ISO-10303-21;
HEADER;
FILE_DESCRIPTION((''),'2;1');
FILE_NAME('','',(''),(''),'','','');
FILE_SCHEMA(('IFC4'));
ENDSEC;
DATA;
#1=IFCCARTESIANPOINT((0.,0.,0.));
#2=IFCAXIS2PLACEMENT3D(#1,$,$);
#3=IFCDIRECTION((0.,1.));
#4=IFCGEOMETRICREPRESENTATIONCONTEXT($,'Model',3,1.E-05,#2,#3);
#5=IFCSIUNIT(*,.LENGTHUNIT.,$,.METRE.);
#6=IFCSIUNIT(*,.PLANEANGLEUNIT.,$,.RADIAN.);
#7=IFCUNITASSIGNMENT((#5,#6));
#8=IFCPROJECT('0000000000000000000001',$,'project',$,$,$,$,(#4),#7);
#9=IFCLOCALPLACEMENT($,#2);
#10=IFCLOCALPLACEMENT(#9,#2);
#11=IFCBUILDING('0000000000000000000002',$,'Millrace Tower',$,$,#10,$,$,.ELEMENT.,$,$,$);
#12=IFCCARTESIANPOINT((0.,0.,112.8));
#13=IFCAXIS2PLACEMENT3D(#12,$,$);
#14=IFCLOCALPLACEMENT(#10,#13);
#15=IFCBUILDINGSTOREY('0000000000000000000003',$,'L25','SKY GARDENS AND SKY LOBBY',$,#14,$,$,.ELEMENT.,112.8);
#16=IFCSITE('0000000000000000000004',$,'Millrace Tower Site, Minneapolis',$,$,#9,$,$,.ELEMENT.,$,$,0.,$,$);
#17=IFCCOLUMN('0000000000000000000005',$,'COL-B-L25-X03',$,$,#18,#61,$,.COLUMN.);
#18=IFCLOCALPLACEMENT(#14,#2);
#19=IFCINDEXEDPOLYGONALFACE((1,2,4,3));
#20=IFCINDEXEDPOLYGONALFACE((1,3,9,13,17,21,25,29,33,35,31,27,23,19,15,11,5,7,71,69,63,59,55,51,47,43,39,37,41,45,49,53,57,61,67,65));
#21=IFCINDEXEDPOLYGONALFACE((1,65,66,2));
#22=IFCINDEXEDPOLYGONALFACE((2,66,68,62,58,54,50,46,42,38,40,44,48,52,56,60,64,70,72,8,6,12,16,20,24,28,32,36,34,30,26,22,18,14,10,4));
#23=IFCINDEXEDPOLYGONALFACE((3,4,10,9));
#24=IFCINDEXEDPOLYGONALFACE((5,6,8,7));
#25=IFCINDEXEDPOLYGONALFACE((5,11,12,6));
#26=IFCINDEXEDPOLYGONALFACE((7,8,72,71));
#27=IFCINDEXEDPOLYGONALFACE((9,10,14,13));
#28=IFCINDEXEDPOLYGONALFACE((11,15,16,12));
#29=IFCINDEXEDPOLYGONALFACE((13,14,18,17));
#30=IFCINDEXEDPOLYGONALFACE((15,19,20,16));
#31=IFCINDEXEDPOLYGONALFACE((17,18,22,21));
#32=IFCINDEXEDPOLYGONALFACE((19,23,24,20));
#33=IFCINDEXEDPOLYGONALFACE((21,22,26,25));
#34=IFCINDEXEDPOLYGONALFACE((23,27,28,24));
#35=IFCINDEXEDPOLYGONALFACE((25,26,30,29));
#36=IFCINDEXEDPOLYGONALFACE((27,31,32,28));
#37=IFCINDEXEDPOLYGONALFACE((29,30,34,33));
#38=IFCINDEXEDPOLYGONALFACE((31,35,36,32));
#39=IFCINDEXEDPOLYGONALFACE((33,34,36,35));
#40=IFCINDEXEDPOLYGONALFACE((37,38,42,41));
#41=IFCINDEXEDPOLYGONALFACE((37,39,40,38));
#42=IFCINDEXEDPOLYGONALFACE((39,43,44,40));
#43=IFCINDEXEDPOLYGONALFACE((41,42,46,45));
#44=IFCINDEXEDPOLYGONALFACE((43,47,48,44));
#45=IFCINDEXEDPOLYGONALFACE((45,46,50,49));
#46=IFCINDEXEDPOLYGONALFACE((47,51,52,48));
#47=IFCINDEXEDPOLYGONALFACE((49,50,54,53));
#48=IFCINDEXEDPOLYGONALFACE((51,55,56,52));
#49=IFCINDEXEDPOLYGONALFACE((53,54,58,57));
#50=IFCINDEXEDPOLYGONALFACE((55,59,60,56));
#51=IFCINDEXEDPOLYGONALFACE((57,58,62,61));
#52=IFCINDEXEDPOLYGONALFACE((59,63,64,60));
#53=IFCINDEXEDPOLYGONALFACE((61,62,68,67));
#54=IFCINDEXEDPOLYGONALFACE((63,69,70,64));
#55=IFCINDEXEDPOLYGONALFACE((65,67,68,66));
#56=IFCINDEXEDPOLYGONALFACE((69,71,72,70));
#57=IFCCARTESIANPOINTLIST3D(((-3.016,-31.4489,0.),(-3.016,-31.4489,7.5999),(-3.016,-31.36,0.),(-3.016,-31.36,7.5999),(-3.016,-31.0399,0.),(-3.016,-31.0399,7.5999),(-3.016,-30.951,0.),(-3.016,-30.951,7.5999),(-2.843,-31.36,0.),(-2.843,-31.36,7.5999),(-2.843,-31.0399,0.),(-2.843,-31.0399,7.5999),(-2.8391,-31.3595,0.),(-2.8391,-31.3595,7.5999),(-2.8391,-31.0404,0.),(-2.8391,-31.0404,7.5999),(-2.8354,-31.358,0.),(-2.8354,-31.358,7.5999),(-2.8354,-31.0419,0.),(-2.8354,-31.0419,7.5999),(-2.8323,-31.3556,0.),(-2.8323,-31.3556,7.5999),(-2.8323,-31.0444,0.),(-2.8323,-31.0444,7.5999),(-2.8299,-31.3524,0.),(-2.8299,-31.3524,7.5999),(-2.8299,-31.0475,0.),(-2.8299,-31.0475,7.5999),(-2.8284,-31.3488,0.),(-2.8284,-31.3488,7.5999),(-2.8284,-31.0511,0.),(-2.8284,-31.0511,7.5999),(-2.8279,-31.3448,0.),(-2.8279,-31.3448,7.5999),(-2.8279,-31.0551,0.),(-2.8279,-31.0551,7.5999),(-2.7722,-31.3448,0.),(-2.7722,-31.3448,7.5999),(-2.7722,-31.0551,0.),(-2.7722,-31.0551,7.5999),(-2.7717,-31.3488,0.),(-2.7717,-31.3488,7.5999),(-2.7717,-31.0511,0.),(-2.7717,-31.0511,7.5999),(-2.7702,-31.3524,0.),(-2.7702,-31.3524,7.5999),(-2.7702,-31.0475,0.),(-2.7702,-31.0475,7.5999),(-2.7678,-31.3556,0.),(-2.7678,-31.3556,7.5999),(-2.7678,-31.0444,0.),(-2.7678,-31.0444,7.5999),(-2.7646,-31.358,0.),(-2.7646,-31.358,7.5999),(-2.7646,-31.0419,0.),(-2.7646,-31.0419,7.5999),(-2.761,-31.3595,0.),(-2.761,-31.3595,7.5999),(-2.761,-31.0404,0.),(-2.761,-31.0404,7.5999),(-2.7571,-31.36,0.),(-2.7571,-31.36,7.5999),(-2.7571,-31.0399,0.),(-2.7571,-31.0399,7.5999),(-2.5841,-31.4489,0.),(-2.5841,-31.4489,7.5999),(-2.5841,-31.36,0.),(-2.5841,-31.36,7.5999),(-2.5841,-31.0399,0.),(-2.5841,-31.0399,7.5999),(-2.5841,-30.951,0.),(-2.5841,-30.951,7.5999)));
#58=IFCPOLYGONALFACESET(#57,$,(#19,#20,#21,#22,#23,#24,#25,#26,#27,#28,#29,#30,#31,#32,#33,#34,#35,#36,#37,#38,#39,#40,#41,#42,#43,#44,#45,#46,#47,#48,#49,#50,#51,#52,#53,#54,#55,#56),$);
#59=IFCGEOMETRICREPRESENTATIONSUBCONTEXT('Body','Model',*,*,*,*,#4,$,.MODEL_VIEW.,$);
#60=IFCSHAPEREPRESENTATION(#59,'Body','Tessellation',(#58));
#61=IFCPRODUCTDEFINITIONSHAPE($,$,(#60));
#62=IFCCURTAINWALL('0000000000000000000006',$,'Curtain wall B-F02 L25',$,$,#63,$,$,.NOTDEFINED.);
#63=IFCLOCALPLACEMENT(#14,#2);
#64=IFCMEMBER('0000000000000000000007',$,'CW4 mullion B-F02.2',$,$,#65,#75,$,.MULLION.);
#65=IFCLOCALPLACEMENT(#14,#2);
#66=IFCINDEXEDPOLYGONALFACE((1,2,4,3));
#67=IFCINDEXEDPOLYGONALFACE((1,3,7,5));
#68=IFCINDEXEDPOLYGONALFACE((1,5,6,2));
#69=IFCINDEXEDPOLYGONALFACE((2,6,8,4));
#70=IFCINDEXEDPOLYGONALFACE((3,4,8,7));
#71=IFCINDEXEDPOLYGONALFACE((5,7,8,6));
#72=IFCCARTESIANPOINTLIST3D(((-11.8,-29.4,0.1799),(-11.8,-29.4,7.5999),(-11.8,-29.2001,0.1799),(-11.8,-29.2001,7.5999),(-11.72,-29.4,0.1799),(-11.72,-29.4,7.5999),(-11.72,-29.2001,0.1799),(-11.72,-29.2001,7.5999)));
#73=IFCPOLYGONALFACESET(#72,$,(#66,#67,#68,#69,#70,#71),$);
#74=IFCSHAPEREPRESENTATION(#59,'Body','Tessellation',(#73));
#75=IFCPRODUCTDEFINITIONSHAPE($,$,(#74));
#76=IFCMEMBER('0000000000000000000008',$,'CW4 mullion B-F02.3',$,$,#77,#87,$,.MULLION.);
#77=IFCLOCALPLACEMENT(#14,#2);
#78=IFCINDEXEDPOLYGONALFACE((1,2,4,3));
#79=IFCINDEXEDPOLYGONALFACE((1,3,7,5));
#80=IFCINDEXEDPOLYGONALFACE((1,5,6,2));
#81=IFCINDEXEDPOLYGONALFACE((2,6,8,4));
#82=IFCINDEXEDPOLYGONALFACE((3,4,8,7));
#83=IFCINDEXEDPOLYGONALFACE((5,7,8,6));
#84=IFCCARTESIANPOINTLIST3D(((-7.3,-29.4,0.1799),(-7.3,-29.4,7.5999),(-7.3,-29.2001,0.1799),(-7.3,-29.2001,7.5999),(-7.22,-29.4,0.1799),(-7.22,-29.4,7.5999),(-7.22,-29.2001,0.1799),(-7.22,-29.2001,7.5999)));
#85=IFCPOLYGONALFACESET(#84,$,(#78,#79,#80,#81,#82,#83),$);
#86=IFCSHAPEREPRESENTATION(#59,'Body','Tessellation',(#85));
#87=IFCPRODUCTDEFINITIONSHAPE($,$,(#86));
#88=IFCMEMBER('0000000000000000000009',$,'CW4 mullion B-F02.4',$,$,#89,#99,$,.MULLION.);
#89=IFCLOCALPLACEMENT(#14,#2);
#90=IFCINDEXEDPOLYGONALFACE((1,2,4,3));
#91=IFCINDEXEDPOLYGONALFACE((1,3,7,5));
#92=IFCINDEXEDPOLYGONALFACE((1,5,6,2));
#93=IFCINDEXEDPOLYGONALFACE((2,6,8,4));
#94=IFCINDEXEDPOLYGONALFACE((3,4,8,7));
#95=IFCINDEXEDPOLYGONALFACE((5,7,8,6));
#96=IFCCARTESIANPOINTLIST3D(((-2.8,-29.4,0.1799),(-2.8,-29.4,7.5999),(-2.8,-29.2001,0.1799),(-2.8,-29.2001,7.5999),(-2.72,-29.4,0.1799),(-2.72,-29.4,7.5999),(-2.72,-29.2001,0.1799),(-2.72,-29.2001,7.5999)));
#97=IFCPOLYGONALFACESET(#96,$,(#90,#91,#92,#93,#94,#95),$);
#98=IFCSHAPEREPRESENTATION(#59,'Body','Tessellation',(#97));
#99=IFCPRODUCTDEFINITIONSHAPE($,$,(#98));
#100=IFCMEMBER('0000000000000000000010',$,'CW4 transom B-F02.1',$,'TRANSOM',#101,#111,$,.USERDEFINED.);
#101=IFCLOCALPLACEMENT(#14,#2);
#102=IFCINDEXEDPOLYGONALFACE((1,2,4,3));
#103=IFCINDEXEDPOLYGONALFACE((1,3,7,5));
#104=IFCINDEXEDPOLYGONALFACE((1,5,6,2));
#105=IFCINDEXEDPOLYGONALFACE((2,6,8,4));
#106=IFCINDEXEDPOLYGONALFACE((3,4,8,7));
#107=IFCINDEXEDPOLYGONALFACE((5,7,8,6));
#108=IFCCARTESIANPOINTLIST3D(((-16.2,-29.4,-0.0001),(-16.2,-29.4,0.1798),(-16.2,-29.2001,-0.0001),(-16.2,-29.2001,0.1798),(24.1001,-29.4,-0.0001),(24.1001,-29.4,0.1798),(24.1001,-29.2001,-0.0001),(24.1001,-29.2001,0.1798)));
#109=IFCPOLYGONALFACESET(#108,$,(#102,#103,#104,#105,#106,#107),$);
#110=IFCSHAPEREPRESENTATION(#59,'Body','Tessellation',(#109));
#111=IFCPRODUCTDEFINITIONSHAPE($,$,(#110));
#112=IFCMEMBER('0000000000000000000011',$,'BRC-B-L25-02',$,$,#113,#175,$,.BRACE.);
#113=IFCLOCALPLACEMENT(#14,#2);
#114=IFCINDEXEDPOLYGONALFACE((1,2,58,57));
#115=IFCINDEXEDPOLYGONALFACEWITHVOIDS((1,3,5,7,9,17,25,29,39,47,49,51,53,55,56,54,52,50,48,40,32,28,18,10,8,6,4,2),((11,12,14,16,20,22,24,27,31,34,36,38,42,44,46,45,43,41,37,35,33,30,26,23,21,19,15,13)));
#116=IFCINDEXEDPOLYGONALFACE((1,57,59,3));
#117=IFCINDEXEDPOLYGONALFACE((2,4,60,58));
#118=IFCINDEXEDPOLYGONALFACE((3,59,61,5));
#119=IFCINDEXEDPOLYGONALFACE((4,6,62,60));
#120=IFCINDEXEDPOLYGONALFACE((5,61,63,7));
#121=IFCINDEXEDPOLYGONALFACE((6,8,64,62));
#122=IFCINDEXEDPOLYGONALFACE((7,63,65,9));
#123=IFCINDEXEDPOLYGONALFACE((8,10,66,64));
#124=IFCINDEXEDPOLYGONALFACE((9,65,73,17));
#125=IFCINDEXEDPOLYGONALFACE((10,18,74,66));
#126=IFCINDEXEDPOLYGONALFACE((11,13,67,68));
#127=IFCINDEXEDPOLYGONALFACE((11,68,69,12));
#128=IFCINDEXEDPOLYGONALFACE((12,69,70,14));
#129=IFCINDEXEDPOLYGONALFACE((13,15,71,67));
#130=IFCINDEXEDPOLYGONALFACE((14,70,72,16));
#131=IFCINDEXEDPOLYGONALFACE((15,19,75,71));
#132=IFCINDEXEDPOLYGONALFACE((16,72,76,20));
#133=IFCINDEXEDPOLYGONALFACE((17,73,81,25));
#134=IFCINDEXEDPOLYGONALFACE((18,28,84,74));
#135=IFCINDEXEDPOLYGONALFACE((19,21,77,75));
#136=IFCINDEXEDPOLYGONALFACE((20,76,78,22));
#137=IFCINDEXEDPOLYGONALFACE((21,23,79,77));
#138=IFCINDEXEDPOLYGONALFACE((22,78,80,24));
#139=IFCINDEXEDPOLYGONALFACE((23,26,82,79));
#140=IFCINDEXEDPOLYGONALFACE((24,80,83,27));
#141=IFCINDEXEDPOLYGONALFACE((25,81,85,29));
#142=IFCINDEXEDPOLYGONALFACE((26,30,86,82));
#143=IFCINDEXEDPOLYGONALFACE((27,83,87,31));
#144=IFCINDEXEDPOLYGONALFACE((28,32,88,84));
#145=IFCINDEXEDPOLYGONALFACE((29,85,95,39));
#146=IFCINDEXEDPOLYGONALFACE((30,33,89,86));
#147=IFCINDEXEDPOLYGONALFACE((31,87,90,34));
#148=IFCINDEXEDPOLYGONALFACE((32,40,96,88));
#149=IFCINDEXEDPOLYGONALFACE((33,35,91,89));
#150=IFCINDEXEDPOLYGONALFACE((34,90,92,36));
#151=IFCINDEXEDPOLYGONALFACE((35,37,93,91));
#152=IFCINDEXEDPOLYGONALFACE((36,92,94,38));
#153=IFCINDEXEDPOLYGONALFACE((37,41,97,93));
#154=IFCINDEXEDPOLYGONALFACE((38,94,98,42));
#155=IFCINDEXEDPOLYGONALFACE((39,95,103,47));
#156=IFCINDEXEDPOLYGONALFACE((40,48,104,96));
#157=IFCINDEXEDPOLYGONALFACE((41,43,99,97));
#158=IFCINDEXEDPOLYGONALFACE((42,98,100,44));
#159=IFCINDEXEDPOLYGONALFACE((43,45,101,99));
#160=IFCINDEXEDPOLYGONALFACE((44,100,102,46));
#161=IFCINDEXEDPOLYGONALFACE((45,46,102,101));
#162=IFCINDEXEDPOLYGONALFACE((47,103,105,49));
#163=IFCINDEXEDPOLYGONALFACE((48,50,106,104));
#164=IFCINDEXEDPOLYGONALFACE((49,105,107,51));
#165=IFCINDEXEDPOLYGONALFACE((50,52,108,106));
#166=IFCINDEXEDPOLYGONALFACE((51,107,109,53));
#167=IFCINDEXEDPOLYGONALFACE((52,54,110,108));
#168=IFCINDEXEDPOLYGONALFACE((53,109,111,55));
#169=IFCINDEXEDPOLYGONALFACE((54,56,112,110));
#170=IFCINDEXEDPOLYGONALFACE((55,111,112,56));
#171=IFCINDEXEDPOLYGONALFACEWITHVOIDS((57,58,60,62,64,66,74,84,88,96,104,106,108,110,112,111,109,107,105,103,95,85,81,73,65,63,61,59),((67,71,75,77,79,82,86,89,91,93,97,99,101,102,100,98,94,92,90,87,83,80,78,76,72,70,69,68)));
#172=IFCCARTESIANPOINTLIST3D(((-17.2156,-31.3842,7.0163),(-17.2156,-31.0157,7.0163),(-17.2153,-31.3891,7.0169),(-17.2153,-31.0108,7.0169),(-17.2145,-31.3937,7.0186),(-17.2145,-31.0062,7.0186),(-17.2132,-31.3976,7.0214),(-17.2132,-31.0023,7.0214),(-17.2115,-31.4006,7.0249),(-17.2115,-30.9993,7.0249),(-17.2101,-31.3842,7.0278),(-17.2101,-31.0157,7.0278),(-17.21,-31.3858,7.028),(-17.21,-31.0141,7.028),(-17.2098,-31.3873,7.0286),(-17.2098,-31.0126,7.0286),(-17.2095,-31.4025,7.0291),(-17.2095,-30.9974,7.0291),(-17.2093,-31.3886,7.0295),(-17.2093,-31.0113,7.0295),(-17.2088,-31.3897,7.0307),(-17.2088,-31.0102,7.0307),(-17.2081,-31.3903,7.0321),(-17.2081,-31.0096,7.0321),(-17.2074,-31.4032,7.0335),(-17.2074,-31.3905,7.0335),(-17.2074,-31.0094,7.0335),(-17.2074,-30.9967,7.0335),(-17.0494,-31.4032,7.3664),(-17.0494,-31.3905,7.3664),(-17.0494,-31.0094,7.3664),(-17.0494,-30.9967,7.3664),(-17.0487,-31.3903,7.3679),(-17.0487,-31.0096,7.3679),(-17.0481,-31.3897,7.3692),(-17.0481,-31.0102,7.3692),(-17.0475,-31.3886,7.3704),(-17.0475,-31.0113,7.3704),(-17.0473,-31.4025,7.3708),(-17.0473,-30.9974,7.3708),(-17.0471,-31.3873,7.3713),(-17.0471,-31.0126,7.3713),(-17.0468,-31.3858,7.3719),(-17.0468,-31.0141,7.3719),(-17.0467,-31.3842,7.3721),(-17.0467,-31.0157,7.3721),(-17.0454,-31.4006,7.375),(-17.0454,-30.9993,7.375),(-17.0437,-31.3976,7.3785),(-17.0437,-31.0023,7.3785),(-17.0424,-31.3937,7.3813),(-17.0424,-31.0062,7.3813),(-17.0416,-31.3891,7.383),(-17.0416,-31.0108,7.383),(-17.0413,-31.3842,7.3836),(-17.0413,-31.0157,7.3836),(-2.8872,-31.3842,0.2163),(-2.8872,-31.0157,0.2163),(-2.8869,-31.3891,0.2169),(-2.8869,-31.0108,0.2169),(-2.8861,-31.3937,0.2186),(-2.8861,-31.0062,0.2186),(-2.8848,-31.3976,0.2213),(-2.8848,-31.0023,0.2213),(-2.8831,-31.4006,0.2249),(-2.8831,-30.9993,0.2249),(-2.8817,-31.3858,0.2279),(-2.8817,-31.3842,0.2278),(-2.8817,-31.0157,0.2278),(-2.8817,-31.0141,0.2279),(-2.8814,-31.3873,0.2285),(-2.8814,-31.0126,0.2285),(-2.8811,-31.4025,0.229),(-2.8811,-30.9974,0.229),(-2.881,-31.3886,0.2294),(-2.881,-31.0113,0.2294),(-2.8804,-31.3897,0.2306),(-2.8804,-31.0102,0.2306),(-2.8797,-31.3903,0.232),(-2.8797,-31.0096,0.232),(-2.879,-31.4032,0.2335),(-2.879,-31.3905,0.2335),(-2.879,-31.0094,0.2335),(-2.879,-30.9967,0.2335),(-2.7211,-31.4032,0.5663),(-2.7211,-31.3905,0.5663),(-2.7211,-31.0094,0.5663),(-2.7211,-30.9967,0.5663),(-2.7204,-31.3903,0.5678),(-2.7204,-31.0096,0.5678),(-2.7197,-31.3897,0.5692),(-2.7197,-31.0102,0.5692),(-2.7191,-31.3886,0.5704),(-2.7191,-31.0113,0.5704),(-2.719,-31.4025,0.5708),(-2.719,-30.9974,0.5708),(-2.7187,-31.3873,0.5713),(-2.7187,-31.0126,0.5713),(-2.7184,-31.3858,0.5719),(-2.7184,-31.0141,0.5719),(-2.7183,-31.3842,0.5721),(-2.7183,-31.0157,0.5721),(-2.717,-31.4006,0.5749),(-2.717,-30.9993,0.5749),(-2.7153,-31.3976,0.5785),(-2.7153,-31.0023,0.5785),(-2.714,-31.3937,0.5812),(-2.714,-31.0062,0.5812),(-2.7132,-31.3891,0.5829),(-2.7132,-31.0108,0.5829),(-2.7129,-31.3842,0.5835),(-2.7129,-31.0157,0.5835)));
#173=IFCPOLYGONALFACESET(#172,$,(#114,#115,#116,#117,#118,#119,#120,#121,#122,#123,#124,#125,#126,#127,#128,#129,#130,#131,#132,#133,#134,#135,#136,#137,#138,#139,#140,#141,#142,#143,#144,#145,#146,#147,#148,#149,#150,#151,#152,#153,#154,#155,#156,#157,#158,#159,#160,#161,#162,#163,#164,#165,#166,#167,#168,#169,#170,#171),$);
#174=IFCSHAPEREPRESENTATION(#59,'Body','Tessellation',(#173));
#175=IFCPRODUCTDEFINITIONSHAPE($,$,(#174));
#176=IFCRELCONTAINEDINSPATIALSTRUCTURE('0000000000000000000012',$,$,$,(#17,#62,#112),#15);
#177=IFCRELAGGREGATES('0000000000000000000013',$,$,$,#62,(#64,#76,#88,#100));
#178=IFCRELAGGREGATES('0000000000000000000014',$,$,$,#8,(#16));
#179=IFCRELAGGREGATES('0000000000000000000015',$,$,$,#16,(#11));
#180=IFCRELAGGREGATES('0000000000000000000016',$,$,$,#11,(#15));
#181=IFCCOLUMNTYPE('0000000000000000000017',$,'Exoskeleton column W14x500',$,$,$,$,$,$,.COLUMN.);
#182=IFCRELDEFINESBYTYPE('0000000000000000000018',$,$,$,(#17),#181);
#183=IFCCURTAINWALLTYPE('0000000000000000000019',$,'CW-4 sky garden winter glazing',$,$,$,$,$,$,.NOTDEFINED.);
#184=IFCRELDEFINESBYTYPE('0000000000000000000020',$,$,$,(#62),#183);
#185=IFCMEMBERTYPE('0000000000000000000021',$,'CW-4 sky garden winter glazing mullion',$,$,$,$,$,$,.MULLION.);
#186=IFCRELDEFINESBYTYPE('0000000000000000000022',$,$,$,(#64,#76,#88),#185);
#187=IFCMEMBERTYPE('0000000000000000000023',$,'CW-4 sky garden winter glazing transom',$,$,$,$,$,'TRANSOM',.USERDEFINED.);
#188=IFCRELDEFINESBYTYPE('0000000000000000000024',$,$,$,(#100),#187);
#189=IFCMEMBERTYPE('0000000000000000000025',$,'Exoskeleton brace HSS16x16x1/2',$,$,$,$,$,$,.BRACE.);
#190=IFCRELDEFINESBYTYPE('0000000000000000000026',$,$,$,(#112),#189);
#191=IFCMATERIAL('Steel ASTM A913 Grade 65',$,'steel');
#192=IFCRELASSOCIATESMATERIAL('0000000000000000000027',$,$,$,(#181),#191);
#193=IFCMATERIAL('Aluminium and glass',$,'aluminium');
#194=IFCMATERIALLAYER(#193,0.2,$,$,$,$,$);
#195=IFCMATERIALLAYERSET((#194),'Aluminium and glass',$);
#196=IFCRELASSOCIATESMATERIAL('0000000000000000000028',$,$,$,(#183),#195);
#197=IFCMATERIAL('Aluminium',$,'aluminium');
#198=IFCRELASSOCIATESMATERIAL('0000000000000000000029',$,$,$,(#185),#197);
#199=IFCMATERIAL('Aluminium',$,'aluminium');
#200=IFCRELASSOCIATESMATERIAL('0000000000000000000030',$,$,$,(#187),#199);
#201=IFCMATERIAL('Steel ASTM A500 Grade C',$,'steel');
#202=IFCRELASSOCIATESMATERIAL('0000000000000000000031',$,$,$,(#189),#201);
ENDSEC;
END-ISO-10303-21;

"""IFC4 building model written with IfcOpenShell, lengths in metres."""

from ifc_helpers import new_model, si_unit, direction, frame, origin, origin_2d, place, context, subcontext, project, spatial, rectangle, hollow_rectangle, i_section, extrude, material, layer, layer_set, material_profile, profile_set, type_object, element, aggregate, save


model = new_model("IFC4")

# Units and contexts
model_context = context("Model", 3, precision=1e-05, world=origin(), true_north=direction((0.0, 1.0)))
body_context = subcontext(model_context, "Body", "Model", "MODEL_VIEW")
ifc_project = project(units=[si_unit("LENGTHUNIT", "METRE"), si_unit("PLANEANGLEUNIT", "RADIAN")], contexts=[model_context])

# Site, building, storey
site_placement = place(None, origin())
site = spatial("IfcSite", under=ifc_project, at=site_placement, Name="Millrace Tower Site, Minneapolis", CompositionType="ELEMENT", RefElevation=0.0)
building_placement = place(site_placement, origin())
building = spatial("IfcBuilding", under=site, at=building_placement, Name="Millrace Tower", CompositionType="ELEMENT")
storey_placement = place(building_placement, frame((0.0, 0.0, 112.8)))
storey = spatial("IfcBuildingStorey", under=building, at=storey_placement, Name="L25", Description="SKY GARDENS AND SKY LOBBY", CompositionType="ELEMENT", Elevation=112.8)

# Column
ifc_material_1 = material(Name="Steel ASTM A913 Grade 65", Category="steel")
ifc_material_profile_1 = material_profile(ifc_material_1, i_section(OverallWidth=0.4319, OverallDepth=0.4978, WebThickness=0.0557, FlangeThickness=0.0889, FilletRadius=0.0151, at=origin_2d()))
ifc_profile_set_1 = profile_set([ifc_material_profile_1], Name="Steel ASTM A913 Grade 65")
column_type = type_object("IfcColumnType", Name="Exoskeleton column W14x500", PredefinedType="COLUMN", material=ifc_profile_set_1)
column_placement = place(storey_placement, frame((-2.8, -31.2, 0.0), z_axis=(0.0, 0.0, 1.0), x_axis=(1.0, 0.0, 0.0)))
element("IfcColumn", 1, at=column_placement, inside=storey, type_object=column_type, Name="COL-B-L25-X03", PredefinedType="COLUMN", context=body_context, shape_type="SweptSolid", body=[
    extrude(i_section(OverallWidth=0.4319, OverallDepth=0.4978, WebThickness=0.0557, FlangeThickness=0.0889, FilletRadius=0.0151, at=origin_2d()), origin(), (0.0, 0.0, 1.0), 7.5999),
])

# Curtain wall, members
ifc_material_2 = material(Name="Aluminium and glass", Category="aluminium")
ifc_layer_1 = layer(ifc_material_2, 0.2)
ifc_layer_set_1 = layer_set([ifc_layer_1], Name="Aluminium and glass")
curtain_wall_type = type_object("IfcCurtainWallType", Name="CW-4 sky garden winter glazing", PredefinedType="NOTDEFINED", material=ifc_layer_set_1)
curtain_wall_placement = place(storey_placement, origin())
curtain_wall = element("IfcCurtainWall", 2, at=curtain_wall_placement, inside=storey, type_object=curtain_wall_type, Name="Curtain wall B-F02 L25", PredefinedType="NOTDEFINED")
ifc_material_3 = material(Name="Aluminium", Category="aluminium")
ifc_material_profile_2 = material_profile(ifc_material_3, rectangle(XDim=0.0801, YDim=0.2, at=origin_2d()))
ifc_profile_set_2 = profile_set([ifc_material_profile_2], Name="Aluminium")
member_type_1 = type_object("IfcMemberType", Name="CW-4 sky garden winter glazing mullion", PredefinedType="MULLION", material=ifc_profile_set_2)
member_1_placement = place(storey_placement, frame((-11.76, -29.3, 0.1799), z_axis=(0.0, 0.0, 1.0), x_axis=(1.0, 0.0, 0.0)))
member_1 = element("IfcMember", 3, at=member_1_placement, type_object=member_type_1, Name="CW4 mullion B-F02.2", PredefinedType="MULLION", context=body_context, shape_type="SweptSolid", body=[
    extrude(rectangle(XDim=0.0801, YDim=0.2, at=origin_2d()), origin(), (0.0, 0.0, 1.0), 7.4199),
])
member_2_placement = place(storey_placement, frame((-7.26, -29.3, 0.1799), z_axis=(0.0, 0.0, 1.0), x_axis=(1.0, 0.0, 0.0)))
member_2 = element("IfcMember", 4, at=member_2_placement, type_object=member_type_1, Name="CW4 mullion B-F02.3", PredefinedType="MULLION", context=body_context, shape_type="SweptSolid", body=[
    extrude(rectangle(XDim=0.0801, YDim=0.2, at=origin_2d()), origin(), (0.0, 0.0, 1.0), 7.4199),
])
member_3_placement = place(storey_placement, frame((-2.76, -29.3, 0.1799), z_axis=(0.0, 0.0, 1.0), x_axis=(1.0, 0.0, 0.0)))
member_3 = element("IfcMember", 5, at=member_3_placement, type_object=member_type_1, Name="CW4 mullion B-F02.4", PredefinedType="MULLION", context=body_context, shape_type="SweptSolid", body=[
    extrude(rectangle(XDim=0.0801, YDim=0.2, at=origin_2d()), origin(), (0.0, 0.0, 1.0), 7.4199),
])
ifc_material_4 = material(Name="Aluminium", Category="aluminium")
ifc_material_profile_3 = material_profile(ifc_material_4, rectangle(XDim=0.2, YDim=0.1799, at=origin_2d()))
ifc_profile_set_3 = profile_set([ifc_material_profile_3], Name="Aluminium")
member_type_2 = type_object("IfcMemberType", Name="CW-4 sky garden winter glazing transom", ElementType="TRANSOM", PredefinedType="USERDEFINED", material=ifc_profile_set_3)
member_4_placement = place(storey_placement, frame((-16.2, -29.3, 0.0898), z_axis=(1.0, 0.0, 0.0), x_axis=(0.0, 1.0, 0.0)))
member_4 = element("IfcMember", 6, at=member_4_placement, type_object=member_type_2, Name="CW4 transom B-F02.1", ObjectType="TRANSOM", PredefinedType="USERDEFINED", context=body_context, shape_type="SweptSolid", body=[
    extrude(rectangle(XDim=0.2, YDim=0.1799, at=origin_2d()), origin(), (0.0, 0.0, 1.0), 40.3),
])
aggregate(curtain_wall, [member_1, member_2, member_3, member_4])

# Member
ifc_material_5 = material(Name="Steel ASTM A500 Grade C", Category="steel")
ifc_material_profile_4 = material_profile(ifc_material_5, hollow_rectangle(XDim=0.4065, YDim=0.4065, WallThickness=0.0127, InnerFilletRadius=0.0063, OuterFilletRadius=0.019, at=origin_2d()))
ifc_profile_set_4 = profile_set([ifc_material_profile_4], Name="Steel ASTM A500 Grade C")
member_type_3 = type_object("IfcMemberType", Name="Exoskeleton brace HSS16x16x1/2", PredefinedType="BRACE", material=ifc_profile_set_4)
member_5_placement = place(storey_placement, frame((-2.8, -31.2, 0.3999), z_axis=(-0.903422, 0.0, 0.428752), x_axis=(0.0, -1.0, 0.0)))
element("IfcMember", 7, at=member_5_placement, inside=storey, type_object=member_type_3, Name="BRC-B-L25-02", PredefinedType="BRACE", context=body_context, shape_type="SweptSolid", body=[
    extrude(hollow_rectangle(XDim=0.4065, YDim=0.4065, WallThickness=0.0127, InnerFilletRadius=0.0063, OuterFilletRadius=0.019, at=origin_2d()), origin(), (0.0, 0.0, 1.0), 15.8601),
])

save(model, "model.ifc")
